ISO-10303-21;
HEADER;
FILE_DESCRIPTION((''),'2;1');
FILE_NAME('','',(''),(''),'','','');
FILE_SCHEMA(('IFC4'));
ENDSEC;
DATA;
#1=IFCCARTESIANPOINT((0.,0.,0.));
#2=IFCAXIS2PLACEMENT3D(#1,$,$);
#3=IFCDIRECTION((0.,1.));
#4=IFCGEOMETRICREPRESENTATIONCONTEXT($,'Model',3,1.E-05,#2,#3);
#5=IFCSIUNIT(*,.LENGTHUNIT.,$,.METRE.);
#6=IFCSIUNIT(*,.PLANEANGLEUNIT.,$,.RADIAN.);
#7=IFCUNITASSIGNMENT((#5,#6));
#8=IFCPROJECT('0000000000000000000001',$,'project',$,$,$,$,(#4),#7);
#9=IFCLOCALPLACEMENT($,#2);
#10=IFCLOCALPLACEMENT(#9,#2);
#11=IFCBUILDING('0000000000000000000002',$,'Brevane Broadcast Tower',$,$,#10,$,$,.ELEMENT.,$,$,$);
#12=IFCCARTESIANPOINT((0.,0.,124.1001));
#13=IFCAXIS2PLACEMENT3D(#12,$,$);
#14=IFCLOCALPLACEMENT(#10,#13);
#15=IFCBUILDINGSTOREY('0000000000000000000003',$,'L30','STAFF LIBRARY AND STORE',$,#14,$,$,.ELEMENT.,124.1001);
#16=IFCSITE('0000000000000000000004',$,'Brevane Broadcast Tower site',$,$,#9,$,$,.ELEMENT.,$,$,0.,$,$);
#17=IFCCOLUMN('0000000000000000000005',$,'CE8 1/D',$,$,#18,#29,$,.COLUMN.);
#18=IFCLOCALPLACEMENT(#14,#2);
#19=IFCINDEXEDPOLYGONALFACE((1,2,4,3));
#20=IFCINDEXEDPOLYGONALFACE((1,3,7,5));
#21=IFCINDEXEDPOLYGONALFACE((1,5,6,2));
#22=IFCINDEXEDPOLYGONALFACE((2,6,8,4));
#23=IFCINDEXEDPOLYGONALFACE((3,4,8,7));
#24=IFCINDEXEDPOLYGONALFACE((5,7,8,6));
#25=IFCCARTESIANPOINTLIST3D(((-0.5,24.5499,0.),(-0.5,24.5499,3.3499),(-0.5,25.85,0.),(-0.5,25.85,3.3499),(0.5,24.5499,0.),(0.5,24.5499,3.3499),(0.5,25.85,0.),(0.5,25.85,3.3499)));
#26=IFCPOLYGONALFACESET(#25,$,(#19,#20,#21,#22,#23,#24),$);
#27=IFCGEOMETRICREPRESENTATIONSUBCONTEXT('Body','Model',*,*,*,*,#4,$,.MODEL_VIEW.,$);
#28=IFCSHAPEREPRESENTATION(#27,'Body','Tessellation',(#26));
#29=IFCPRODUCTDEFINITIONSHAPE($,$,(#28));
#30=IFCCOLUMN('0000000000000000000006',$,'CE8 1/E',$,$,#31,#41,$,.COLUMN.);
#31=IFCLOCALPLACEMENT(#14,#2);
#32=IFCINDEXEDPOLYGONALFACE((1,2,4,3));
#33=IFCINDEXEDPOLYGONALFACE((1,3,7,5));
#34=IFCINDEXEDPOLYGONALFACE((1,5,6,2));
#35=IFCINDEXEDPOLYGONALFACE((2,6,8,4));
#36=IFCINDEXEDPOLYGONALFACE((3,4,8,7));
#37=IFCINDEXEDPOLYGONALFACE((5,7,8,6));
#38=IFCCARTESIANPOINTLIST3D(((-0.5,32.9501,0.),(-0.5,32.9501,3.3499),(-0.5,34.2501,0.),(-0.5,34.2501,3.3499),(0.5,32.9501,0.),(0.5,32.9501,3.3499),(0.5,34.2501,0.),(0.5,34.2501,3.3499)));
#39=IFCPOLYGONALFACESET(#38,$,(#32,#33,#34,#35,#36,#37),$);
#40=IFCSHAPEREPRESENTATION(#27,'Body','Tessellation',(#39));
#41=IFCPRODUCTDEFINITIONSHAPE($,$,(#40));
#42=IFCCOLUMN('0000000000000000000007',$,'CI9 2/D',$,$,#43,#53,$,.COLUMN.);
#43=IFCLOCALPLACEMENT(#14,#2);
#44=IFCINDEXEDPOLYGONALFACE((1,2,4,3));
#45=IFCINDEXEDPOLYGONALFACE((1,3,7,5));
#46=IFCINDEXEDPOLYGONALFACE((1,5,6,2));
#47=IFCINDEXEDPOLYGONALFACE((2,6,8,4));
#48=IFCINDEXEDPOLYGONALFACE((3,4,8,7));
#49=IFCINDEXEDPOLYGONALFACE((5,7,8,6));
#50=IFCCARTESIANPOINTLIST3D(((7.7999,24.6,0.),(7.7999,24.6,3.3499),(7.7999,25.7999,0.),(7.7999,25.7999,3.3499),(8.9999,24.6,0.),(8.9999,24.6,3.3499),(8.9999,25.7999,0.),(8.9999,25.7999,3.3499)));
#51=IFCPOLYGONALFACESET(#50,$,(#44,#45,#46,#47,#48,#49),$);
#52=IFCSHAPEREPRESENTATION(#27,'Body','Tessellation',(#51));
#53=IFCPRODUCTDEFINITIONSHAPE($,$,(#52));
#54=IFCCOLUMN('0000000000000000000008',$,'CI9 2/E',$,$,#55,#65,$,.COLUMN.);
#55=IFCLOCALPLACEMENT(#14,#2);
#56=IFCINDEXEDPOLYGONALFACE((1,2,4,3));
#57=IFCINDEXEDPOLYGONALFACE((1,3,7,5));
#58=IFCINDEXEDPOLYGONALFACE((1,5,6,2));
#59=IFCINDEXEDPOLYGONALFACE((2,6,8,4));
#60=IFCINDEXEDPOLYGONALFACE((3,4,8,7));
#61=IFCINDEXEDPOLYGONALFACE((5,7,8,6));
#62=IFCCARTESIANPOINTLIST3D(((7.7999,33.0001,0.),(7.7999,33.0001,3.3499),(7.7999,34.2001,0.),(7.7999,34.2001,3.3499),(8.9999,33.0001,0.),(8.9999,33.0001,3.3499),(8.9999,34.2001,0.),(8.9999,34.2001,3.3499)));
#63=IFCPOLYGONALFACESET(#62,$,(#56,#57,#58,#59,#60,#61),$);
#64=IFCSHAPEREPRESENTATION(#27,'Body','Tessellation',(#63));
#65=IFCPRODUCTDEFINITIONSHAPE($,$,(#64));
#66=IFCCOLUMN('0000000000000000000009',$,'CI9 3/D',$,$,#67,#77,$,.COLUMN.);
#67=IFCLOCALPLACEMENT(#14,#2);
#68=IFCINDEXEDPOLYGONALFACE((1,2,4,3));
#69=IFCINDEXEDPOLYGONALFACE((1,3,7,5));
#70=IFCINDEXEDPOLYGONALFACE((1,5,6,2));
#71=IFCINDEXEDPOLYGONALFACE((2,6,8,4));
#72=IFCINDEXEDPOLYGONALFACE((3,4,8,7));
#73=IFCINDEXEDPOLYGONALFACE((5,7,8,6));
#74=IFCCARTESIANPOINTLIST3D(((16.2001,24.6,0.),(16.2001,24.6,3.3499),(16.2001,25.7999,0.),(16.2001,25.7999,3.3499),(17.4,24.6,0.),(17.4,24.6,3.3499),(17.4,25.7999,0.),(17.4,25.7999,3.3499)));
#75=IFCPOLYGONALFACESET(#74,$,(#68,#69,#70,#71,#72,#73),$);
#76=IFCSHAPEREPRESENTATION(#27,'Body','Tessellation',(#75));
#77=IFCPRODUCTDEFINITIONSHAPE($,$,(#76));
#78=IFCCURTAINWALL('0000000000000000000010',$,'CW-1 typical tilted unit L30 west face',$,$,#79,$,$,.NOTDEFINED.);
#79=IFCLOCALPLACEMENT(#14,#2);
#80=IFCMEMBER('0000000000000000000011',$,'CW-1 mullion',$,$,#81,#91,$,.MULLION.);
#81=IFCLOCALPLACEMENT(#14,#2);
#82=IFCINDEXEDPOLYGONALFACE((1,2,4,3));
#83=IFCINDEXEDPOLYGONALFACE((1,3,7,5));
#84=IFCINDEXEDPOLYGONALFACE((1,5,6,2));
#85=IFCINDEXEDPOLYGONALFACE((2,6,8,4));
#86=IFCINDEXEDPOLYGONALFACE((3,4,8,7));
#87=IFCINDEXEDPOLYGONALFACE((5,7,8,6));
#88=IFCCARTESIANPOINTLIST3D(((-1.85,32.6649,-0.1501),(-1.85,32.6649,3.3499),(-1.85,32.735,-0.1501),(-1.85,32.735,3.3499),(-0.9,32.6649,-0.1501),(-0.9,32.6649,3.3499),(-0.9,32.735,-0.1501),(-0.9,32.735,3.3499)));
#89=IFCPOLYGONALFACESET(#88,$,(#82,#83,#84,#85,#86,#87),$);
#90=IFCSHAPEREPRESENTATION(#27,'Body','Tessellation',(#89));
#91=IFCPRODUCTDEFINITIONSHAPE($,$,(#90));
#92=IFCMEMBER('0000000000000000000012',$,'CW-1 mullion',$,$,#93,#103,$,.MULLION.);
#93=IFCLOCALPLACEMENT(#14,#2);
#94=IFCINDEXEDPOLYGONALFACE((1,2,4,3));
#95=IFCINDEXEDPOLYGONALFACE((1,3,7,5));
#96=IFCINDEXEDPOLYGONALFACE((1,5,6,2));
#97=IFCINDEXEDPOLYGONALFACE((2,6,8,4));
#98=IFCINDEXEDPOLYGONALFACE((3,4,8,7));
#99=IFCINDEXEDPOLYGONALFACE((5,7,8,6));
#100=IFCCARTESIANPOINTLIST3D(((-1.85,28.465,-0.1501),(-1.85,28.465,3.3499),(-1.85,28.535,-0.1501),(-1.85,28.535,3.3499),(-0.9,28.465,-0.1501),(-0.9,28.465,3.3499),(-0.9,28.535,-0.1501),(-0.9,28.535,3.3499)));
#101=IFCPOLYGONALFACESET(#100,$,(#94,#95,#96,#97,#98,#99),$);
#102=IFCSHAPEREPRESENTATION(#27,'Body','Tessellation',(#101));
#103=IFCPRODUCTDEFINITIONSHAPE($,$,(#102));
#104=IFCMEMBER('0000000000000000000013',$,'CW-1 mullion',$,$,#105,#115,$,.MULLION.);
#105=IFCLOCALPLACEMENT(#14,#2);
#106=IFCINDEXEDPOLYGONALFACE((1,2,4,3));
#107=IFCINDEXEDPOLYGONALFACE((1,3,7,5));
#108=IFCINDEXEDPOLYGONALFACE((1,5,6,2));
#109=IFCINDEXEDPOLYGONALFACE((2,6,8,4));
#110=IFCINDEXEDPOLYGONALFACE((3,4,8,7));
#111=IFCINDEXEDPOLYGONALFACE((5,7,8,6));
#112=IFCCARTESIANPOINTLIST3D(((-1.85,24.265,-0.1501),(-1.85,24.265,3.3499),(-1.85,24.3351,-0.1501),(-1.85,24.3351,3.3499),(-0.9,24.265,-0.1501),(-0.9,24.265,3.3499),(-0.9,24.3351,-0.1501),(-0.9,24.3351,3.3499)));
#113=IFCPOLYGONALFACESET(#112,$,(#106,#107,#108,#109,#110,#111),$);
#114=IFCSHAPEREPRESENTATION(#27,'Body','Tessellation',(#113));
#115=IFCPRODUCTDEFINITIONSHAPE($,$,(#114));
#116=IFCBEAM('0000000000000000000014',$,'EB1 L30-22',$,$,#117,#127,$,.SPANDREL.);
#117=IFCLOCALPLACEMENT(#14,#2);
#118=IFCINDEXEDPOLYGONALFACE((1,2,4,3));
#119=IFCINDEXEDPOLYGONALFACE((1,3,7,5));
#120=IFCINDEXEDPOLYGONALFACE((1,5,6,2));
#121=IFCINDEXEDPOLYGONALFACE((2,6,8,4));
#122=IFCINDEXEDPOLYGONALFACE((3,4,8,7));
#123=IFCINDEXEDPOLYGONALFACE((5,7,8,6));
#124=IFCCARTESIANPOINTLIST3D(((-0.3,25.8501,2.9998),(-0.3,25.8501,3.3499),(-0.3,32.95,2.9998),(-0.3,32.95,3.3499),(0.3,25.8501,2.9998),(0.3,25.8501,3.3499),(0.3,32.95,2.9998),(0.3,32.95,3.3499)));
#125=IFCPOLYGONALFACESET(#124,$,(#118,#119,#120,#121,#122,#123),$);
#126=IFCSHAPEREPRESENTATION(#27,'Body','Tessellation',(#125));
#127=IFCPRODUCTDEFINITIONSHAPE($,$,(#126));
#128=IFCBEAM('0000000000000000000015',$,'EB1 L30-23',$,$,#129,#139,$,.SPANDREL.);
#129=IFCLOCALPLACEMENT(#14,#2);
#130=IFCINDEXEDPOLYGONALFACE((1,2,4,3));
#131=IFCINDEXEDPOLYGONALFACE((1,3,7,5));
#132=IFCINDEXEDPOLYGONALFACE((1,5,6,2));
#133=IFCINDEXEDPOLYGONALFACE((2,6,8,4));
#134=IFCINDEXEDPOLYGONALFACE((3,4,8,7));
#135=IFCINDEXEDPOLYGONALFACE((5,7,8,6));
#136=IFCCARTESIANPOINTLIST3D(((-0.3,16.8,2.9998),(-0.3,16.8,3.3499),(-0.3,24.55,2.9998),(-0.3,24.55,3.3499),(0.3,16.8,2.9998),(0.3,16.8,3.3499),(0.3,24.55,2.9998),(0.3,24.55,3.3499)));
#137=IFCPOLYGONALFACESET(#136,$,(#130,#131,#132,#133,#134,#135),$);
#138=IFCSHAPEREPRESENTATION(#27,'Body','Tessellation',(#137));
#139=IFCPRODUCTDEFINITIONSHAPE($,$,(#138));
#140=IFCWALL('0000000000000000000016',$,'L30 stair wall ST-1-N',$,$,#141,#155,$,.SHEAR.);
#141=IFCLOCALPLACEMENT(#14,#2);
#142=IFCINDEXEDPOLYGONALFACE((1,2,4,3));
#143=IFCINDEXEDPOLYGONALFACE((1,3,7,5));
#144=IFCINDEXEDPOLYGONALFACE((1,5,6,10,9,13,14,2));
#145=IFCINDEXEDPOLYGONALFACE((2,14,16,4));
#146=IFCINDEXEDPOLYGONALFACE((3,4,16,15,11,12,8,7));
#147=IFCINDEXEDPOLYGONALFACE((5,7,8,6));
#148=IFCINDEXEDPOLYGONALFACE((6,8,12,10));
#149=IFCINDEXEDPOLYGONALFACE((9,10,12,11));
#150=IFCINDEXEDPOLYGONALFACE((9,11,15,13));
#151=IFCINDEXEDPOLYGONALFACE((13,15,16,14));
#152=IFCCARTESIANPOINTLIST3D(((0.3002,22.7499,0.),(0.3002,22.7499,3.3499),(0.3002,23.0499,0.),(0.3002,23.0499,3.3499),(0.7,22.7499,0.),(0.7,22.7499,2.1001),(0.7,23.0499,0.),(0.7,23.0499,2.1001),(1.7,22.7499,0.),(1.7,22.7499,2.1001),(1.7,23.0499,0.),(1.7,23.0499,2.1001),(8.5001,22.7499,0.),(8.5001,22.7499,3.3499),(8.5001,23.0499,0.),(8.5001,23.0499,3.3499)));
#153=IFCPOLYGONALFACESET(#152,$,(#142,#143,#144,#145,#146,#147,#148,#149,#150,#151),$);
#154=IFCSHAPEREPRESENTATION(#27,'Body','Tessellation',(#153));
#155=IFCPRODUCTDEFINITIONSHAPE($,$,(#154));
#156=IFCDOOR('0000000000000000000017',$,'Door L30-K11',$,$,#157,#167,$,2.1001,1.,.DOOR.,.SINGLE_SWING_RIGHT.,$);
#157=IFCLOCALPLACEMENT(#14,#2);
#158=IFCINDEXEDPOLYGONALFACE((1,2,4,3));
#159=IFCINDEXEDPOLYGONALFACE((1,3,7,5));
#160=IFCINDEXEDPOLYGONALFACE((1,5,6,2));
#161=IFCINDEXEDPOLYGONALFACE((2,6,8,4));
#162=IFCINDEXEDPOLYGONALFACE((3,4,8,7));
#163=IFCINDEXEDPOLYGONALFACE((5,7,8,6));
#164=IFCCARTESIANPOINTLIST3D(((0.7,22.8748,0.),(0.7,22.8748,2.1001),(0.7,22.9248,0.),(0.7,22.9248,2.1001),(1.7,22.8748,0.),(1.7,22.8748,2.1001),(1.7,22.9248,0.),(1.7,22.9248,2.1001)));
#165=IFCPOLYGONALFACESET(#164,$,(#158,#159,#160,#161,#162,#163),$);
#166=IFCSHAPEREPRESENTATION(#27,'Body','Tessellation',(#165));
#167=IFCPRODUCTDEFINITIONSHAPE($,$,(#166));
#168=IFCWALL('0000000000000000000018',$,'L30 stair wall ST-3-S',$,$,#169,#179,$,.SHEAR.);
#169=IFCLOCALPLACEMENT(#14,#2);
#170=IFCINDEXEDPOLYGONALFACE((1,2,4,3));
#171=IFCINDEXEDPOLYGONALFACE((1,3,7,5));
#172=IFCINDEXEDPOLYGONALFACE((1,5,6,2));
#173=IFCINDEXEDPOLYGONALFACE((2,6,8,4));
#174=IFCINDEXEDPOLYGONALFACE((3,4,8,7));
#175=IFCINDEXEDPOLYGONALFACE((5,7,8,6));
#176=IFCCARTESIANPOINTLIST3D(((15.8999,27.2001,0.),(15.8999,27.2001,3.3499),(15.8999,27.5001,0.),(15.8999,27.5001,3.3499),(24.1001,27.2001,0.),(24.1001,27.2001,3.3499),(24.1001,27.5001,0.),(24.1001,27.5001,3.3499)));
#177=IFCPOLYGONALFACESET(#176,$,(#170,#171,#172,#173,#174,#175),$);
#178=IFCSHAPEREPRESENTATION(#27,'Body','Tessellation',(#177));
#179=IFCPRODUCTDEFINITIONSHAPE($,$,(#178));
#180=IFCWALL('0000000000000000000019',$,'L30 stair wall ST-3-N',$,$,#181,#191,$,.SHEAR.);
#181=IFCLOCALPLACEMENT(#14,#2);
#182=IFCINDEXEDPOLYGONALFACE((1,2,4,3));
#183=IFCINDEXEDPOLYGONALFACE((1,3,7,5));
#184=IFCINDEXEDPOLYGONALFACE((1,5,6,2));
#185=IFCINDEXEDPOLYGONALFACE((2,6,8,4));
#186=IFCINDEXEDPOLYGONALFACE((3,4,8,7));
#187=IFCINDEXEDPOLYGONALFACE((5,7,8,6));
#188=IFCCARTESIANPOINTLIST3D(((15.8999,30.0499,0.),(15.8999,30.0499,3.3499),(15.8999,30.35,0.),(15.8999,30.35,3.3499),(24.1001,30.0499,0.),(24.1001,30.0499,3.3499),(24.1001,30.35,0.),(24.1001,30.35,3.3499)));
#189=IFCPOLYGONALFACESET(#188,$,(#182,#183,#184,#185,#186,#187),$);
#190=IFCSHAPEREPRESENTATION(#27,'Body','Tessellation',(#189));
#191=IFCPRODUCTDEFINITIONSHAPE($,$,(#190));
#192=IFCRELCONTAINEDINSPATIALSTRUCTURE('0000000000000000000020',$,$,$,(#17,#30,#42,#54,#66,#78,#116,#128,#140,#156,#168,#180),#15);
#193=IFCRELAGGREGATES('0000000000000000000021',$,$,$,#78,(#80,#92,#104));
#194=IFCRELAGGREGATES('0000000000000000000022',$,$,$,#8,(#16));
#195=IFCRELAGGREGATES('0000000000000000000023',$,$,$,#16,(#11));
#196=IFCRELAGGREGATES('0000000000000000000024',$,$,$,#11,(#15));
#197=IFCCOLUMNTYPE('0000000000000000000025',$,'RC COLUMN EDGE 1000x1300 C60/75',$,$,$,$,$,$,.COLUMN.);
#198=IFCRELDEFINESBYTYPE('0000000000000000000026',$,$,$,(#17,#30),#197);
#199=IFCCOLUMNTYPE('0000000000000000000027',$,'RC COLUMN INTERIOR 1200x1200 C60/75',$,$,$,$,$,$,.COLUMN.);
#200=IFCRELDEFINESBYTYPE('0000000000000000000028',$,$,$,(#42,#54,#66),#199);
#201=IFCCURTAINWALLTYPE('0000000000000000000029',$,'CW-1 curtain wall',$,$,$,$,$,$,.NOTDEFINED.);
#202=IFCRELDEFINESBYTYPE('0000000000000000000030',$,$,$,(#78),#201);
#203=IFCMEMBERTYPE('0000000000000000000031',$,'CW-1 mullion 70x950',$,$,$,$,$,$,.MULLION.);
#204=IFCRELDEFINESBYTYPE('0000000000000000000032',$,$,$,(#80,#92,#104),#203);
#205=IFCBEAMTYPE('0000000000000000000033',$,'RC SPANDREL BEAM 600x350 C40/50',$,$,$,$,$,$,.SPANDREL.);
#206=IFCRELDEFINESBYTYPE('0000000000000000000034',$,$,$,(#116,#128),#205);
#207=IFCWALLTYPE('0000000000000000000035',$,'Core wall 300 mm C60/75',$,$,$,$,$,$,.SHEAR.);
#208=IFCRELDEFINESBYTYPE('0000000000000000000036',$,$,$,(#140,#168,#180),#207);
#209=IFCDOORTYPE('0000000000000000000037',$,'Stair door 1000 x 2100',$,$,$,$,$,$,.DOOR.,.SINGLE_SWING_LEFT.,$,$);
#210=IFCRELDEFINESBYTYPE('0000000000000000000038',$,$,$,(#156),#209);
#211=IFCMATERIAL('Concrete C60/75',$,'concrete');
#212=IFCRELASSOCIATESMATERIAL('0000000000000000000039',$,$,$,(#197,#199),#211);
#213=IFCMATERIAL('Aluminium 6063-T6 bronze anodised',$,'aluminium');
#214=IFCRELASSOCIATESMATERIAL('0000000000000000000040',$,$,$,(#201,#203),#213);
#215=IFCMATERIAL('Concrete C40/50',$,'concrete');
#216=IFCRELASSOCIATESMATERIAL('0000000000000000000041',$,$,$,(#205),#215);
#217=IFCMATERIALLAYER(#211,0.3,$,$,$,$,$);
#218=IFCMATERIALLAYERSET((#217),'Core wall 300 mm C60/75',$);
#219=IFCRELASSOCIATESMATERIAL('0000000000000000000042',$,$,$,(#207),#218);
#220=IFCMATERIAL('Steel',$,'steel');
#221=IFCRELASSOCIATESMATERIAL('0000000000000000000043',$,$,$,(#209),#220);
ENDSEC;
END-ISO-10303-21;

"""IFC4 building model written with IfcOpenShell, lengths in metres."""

from ifc_helpers import new_model, si_unit, direction, frame, frame_2d, origin, origin_2d, place, context, subcontext, project, spatial, rectangle, extrude, material, layer, layer_set, material_profile, profile_set, type_object, element, fill, aggregate, save


model = new_model("IFC4")

# Units and contexts
model_context = context("Model", 3, precision=1e-05, world=origin(), true_north=direction((0.0, 1.0)))
body_context = subcontext(model_context, "Body", "Model", "MODEL_VIEW")
ifc_project = project(units=[si_unit("LENGTHUNIT", "METRE"), si_unit("PLANEANGLEUNIT", "RADIAN")], contexts=[model_context])

# Site, building, storey
site_placement = place(None, origin())
site = spatial("IfcSite", under=ifc_project, at=site_placement, Name="Brevane Broadcast Tower site", CompositionType="ELEMENT", RefElevation=0.0)
building_placement = place(site_placement, origin())
building = spatial("IfcBuilding", under=site, at=building_placement, Name="Brevane Broadcast Tower", CompositionType="ELEMENT")
storey_placement = place(building_placement, frame((0.0, 0.0, 124.1001)))
storey = spatial("IfcBuildingStorey", under=building, at=storey_placement, Name="L30", Description="STAFF LIBRARY AND STORE", CompositionType="ELEMENT", Elevation=124.1001)

# Columns
ifc_material_1 = material(Name="Concrete C60/75", Category="concrete")
ifc_material_profile_1 = material_profile(ifc_material_1, rectangle(XDim=1.0, YDim=1.3, at=origin_2d()), Name="RC 1000x1300")
ifc_profile_set_1 = profile_set([ifc_material_profile_1], Name="Concrete C60/75")
column_type_1 = type_object("IfcColumnType", Name="RC COLUMN EDGE 1000x1300 C60/75", PredefinedType="COLUMN", material=ifc_profile_set_1)
for number, where, z_axis, x_axis, name in (
    (1, (0.0, 25.2, 0.0), (0.0, 0.0, 1.0), (1.0, 0.0, 0.0), "CE8 1/D"),
    (2, (0.0, 33.6001, 0.0), (0.0, 0.0, 1.0), (1.0, 0.0, 0.0), "CE8 1/E"),
):
    element("IfcColumn", number, at=place(storey_placement, frame(where, z_axis=z_axis, x_axis=x_axis)), inside=storey, type_object=column_type_1, Name=name, PredefinedType="COLUMN", context=body_context, shape_type="SweptSolid", body=[
        extrude(rectangle(XDim=1.0, YDim=1.3, at=origin_2d()), origin(), (0.0, 0.0, 1.0), 3.3499),
    ])
ifc_material_profile_2 = material_profile(ifc_material_1, rectangle(XDim=1.2, YDim=1.2, at=origin_2d()), Name="RC 1200x1200")
ifc_profile_set_2 = profile_set([ifc_material_profile_2], Name="Concrete C60/75")
column_type_2 = type_object("IfcColumnType", Name="RC COLUMN INTERIOR 1200x1200 C60/75", PredefinedType="COLUMN", material=ifc_profile_set_2)
for number, where, z_axis, x_axis, name in (
    (3, (8.3999, 25.2, 0.0), (0.0, 0.0, 1.0), (1.0, 0.0, 0.0), "CI9 2/D"),
    (4, (8.3999, 33.6001, 0.0), (0.0, 0.0, 1.0), (1.0, 0.0, 0.0), "CI9 2/E"),
    (5, (16.8, 25.2, 0.0), (0.0, 0.0, 1.0), (1.0, 0.0, 0.0), "CI9 3/D"),
):
    element("IfcColumn", number, at=place(storey_placement, frame(where, z_axis=z_axis, x_axis=x_axis)), inside=storey, type_object=column_type_2, Name=name, PredefinedType="COLUMN", context=body_context, shape_type="SweptSolid", body=[
        extrude(rectangle(XDim=1.2, YDim=1.2, at=origin_2d()), origin(), (0.0, 0.0, 1.0), 3.3499),
    ])

# Curtain wall, members
ifc_material_2 = material(Name="Aluminium 6063-T6 bronze anodised", Category="aluminium")
curtain_wall_type = type_object("IfcCurtainWallType", Name="CW-1 curtain wall", PredefinedType="NOTDEFINED", material=ifc_material_2)
curtain_wall_placement = place(storey_placement, origin())
curtain_wall = element("IfcCurtainWall", 6, at=curtain_wall_placement, inside=storey, type_object=curtain_wall_type, Name="CW-1 typical tilted unit L30 west face", PredefinedType="NOTDEFINED")
ifc_material_profile_3 = material_profile(ifc_material_2, rectangle(XDim=0.95, YDim=0.0701, at=origin_2d()), Name="RECT 70x950")
ifc_profile_set_3 = profile_set([ifc_material_profile_3], Name="Aluminium 6063-T6 bronze anodised")
member_type = type_object("IfcMemberType", Name="CW-1 mullion 70x950", PredefinedType="MULLION", material=ifc_profile_set_3)
member_1_placement = place(storey_placement, frame((-1.375, 32.7, -0.1501), z_axis=(0.0, 0.0, 1.0), x_axis=(1.0, 0.0, 0.0)))
member_1 = element("IfcMember", 7, at=member_1_placement, type_object=member_type, Name="CW-1 mullion", PredefinedType="MULLION", context=body_context, shape_type="SweptSolid", body=[
    extrude(rectangle(XDim=0.95, YDim=0.0701, at=origin_2d()), origin(), (0.0, 0.0, 1.0), 3.5),
])
member_2_placement = place(storey_placement, frame((-1.375, 28.5, -0.1501), z_axis=(0.0, 0.0, 1.0), x_axis=(1.0, 0.0, 0.0)))
member_2 = element("IfcMember", 8, at=member_2_placement, type_object=member_type, Name="CW-1 mullion", PredefinedType="MULLION", context=body_context, shape_type="SweptSolid", body=[
    extrude(rectangle(XDim=0.95, YDim=0.0701, at=origin_2d()), origin(), (0.0, 0.0, 1.0), 3.5),
])
member_3_placement = place(storey_placement, frame((-1.375, 24.3, -0.1501), z_axis=(0.0, 0.0, 1.0), x_axis=(1.0, 0.0, 0.0)))
member_3 = element("IfcMember", 9, at=member_3_placement, type_object=member_type, Name="CW-1 mullion", PredefinedType="MULLION", context=body_context, shape_type="SweptSolid", body=[
    extrude(rectangle(XDim=0.95, YDim=0.0701, at=origin_2d()), origin(), (0.0, 0.0, 1.0), 3.5),
])
aggregate(curtain_wall, [member_1, member_2, member_3])

# Beams
ifc_material_3 = material(Name="Concrete C40/50", Category="concrete")
ifc_material_profile_4 = material_profile(ifc_material_3, rectangle(XDim=0.6001, YDim=0.3501, at=origin_2d()), Name="RC 600x350")
ifc_profile_set_4 = profile_set([ifc_material_profile_4], Name="Concrete C40/50")
beam_type = type_object("IfcBeamType", Name="RC SPANDREL BEAM 600x350 C40/50", PredefinedType="SPANDREL", material=ifc_profile_set_4)
beam_1_placement = place(storey_placement, frame((0.0, 32.95, 3.1748), z_axis=(0.0, -1.0, 0.0), x_axis=(1.0, 0.0, 0.0)))
element("IfcBeam", 10, at=beam_1_placement, inside=storey, type_object=beam_type, Name="EB1 L30-22", PredefinedType="SPANDREL", context=body_context, shape_type="SweptSolid", body=[
    extrude(rectangle(XDim=0.6001, YDim=0.3501, at=origin_2d()), origin(), (0.0, 0.0, 1.0), 7.0999),
])
beam_2_placement = place(storey_placement, frame((0.0, 24.55, 3.1748), z_axis=(0.0, -1.0, 0.0), x_axis=(1.0, 0.0, 0.0)))
element("IfcBeam", 11, at=beam_2_placement, inside=storey, type_object=beam_type, Name="EB1 L30-23", PredefinedType="SPANDREL", context=body_context, shape_type="SweptSolid", body=[
    extrude(rectangle(XDim=0.6001, YDim=0.3501, at=origin_2d()), origin(), (0.0, 0.0, 1.0), 7.75),
])

# Wall, opening, door
ifc_layer_1 = layer(ifc_material_1, 0.3)
ifc_layer_set_1 = layer_set([ifc_layer_1], Name="Core wall 300 mm C60/75")
wall_type_1 = type_object("IfcWallType", Name="Core wall 300 mm C60/75", PredefinedType="SHEAR", material=ifc_layer_set_1)
wall_1_placement = place(storey_placement, frame((0.3, 22.8999, 0.0), z_axis=(0.0, 0.0, 1.0), x_axis=(1.0, 0.0, 0.0)))
wall_1 = element("IfcWall", 12, at=wall_1_placement, inside=storey, type_object=wall_type_1, Name="L30 stair wall ST-1-N", PredefinedType="SHEAR", context=body_context, shape_type="SweptSolid", body=[
    extrude(rectangle(XDim=8.2, YDim=0.3, at=frame_2d((4.1001, 0.0))), origin(), (0.0, 0.0, 1.0), 3.3499),
])
opening_1_placement = place(wall_1_placement, frame((0.3999, 0.0, 0.0)))
opening_1 = element("IfcOpeningElement", 13, at=opening_1_placement, cuts=wall_1, PredefinedType="OPENING", context=body_context, shape_type="SweptSolid", body=[
    extrude(rectangle(XDim=1.0, YDim=2.1001, at=frame_2d((0.5, 1.05))), frame((0.0, 0.1599, 0.0), z_axis=(0.0, -1.0, 0.0), x_axis=(1.0, 0.0, 0.0)), (0.0, 0.0, 1.0), 0.3201),
])
ifc_material_4 = material(Name="Steel", Category="steel")
door_type_1 = type_object("IfcDoorType", Name="Stair door 1000 x 2100", OperationType="SINGLE_SWING_LEFT", PredefinedType="DOOR", material=ifc_material_4)
door_1_placement = place(opening_1_placement, origin())
door_1 = element("IfcDoor", 14, at=door_1_placement, inside=storey, type_object=door_type_1, Name="Door L30-K11", OperationType="SINGLE_SWING_RIGHT", OverallHeight=2.1001, OverallWidth=1.0, PredefinedType="DOOR", context=body_context, shape_type="SweptSolid", body=[
    extrude(rectangle(XDim=1.0, YDim=2.1001, at=frame_2d((0.5, 1.05))), frame((0.0, 0.0249, 0.0), z_axis=(0.0, -1.0, 0.0), x_axis=(1.0, 0.0, 0.0)), (0.0, 0.0, 1.0), 0.05),
])
fill(opening_1, door_1)

# Walls
for number, where, z_axis, x_axis, name in (
    (15, (15.8999, 27.3501, 0.0), (0.0, 0.0, 1.0), (1.0, 0.0, 0.0), "L30 stair wall ST-3-S"),
    (16, (15.8999, 30.2, 0.0), (0.0, 0.0, 1.0), (1.0, 0.0, 0.0), "L30 stair wall ST-3-N"),
):
    element("IfcWall", number, at=place(storey_placement, frame(where, z_axis=z_axis, x_axis=x_axis)), inside=storey, type_object=wall_type_1, Name=name, PredefinedType="SHEAR", context=body_context, shape_type="SweptSolid", body=[
        extrude(rectangle(XDim=8.2002, YDim=0.3, at=frame_2d((4.1001, 0.0))), origin(), (0.0, 0.0, 1.0), 3.3499),
    ])

save(model, "model.ifc")
